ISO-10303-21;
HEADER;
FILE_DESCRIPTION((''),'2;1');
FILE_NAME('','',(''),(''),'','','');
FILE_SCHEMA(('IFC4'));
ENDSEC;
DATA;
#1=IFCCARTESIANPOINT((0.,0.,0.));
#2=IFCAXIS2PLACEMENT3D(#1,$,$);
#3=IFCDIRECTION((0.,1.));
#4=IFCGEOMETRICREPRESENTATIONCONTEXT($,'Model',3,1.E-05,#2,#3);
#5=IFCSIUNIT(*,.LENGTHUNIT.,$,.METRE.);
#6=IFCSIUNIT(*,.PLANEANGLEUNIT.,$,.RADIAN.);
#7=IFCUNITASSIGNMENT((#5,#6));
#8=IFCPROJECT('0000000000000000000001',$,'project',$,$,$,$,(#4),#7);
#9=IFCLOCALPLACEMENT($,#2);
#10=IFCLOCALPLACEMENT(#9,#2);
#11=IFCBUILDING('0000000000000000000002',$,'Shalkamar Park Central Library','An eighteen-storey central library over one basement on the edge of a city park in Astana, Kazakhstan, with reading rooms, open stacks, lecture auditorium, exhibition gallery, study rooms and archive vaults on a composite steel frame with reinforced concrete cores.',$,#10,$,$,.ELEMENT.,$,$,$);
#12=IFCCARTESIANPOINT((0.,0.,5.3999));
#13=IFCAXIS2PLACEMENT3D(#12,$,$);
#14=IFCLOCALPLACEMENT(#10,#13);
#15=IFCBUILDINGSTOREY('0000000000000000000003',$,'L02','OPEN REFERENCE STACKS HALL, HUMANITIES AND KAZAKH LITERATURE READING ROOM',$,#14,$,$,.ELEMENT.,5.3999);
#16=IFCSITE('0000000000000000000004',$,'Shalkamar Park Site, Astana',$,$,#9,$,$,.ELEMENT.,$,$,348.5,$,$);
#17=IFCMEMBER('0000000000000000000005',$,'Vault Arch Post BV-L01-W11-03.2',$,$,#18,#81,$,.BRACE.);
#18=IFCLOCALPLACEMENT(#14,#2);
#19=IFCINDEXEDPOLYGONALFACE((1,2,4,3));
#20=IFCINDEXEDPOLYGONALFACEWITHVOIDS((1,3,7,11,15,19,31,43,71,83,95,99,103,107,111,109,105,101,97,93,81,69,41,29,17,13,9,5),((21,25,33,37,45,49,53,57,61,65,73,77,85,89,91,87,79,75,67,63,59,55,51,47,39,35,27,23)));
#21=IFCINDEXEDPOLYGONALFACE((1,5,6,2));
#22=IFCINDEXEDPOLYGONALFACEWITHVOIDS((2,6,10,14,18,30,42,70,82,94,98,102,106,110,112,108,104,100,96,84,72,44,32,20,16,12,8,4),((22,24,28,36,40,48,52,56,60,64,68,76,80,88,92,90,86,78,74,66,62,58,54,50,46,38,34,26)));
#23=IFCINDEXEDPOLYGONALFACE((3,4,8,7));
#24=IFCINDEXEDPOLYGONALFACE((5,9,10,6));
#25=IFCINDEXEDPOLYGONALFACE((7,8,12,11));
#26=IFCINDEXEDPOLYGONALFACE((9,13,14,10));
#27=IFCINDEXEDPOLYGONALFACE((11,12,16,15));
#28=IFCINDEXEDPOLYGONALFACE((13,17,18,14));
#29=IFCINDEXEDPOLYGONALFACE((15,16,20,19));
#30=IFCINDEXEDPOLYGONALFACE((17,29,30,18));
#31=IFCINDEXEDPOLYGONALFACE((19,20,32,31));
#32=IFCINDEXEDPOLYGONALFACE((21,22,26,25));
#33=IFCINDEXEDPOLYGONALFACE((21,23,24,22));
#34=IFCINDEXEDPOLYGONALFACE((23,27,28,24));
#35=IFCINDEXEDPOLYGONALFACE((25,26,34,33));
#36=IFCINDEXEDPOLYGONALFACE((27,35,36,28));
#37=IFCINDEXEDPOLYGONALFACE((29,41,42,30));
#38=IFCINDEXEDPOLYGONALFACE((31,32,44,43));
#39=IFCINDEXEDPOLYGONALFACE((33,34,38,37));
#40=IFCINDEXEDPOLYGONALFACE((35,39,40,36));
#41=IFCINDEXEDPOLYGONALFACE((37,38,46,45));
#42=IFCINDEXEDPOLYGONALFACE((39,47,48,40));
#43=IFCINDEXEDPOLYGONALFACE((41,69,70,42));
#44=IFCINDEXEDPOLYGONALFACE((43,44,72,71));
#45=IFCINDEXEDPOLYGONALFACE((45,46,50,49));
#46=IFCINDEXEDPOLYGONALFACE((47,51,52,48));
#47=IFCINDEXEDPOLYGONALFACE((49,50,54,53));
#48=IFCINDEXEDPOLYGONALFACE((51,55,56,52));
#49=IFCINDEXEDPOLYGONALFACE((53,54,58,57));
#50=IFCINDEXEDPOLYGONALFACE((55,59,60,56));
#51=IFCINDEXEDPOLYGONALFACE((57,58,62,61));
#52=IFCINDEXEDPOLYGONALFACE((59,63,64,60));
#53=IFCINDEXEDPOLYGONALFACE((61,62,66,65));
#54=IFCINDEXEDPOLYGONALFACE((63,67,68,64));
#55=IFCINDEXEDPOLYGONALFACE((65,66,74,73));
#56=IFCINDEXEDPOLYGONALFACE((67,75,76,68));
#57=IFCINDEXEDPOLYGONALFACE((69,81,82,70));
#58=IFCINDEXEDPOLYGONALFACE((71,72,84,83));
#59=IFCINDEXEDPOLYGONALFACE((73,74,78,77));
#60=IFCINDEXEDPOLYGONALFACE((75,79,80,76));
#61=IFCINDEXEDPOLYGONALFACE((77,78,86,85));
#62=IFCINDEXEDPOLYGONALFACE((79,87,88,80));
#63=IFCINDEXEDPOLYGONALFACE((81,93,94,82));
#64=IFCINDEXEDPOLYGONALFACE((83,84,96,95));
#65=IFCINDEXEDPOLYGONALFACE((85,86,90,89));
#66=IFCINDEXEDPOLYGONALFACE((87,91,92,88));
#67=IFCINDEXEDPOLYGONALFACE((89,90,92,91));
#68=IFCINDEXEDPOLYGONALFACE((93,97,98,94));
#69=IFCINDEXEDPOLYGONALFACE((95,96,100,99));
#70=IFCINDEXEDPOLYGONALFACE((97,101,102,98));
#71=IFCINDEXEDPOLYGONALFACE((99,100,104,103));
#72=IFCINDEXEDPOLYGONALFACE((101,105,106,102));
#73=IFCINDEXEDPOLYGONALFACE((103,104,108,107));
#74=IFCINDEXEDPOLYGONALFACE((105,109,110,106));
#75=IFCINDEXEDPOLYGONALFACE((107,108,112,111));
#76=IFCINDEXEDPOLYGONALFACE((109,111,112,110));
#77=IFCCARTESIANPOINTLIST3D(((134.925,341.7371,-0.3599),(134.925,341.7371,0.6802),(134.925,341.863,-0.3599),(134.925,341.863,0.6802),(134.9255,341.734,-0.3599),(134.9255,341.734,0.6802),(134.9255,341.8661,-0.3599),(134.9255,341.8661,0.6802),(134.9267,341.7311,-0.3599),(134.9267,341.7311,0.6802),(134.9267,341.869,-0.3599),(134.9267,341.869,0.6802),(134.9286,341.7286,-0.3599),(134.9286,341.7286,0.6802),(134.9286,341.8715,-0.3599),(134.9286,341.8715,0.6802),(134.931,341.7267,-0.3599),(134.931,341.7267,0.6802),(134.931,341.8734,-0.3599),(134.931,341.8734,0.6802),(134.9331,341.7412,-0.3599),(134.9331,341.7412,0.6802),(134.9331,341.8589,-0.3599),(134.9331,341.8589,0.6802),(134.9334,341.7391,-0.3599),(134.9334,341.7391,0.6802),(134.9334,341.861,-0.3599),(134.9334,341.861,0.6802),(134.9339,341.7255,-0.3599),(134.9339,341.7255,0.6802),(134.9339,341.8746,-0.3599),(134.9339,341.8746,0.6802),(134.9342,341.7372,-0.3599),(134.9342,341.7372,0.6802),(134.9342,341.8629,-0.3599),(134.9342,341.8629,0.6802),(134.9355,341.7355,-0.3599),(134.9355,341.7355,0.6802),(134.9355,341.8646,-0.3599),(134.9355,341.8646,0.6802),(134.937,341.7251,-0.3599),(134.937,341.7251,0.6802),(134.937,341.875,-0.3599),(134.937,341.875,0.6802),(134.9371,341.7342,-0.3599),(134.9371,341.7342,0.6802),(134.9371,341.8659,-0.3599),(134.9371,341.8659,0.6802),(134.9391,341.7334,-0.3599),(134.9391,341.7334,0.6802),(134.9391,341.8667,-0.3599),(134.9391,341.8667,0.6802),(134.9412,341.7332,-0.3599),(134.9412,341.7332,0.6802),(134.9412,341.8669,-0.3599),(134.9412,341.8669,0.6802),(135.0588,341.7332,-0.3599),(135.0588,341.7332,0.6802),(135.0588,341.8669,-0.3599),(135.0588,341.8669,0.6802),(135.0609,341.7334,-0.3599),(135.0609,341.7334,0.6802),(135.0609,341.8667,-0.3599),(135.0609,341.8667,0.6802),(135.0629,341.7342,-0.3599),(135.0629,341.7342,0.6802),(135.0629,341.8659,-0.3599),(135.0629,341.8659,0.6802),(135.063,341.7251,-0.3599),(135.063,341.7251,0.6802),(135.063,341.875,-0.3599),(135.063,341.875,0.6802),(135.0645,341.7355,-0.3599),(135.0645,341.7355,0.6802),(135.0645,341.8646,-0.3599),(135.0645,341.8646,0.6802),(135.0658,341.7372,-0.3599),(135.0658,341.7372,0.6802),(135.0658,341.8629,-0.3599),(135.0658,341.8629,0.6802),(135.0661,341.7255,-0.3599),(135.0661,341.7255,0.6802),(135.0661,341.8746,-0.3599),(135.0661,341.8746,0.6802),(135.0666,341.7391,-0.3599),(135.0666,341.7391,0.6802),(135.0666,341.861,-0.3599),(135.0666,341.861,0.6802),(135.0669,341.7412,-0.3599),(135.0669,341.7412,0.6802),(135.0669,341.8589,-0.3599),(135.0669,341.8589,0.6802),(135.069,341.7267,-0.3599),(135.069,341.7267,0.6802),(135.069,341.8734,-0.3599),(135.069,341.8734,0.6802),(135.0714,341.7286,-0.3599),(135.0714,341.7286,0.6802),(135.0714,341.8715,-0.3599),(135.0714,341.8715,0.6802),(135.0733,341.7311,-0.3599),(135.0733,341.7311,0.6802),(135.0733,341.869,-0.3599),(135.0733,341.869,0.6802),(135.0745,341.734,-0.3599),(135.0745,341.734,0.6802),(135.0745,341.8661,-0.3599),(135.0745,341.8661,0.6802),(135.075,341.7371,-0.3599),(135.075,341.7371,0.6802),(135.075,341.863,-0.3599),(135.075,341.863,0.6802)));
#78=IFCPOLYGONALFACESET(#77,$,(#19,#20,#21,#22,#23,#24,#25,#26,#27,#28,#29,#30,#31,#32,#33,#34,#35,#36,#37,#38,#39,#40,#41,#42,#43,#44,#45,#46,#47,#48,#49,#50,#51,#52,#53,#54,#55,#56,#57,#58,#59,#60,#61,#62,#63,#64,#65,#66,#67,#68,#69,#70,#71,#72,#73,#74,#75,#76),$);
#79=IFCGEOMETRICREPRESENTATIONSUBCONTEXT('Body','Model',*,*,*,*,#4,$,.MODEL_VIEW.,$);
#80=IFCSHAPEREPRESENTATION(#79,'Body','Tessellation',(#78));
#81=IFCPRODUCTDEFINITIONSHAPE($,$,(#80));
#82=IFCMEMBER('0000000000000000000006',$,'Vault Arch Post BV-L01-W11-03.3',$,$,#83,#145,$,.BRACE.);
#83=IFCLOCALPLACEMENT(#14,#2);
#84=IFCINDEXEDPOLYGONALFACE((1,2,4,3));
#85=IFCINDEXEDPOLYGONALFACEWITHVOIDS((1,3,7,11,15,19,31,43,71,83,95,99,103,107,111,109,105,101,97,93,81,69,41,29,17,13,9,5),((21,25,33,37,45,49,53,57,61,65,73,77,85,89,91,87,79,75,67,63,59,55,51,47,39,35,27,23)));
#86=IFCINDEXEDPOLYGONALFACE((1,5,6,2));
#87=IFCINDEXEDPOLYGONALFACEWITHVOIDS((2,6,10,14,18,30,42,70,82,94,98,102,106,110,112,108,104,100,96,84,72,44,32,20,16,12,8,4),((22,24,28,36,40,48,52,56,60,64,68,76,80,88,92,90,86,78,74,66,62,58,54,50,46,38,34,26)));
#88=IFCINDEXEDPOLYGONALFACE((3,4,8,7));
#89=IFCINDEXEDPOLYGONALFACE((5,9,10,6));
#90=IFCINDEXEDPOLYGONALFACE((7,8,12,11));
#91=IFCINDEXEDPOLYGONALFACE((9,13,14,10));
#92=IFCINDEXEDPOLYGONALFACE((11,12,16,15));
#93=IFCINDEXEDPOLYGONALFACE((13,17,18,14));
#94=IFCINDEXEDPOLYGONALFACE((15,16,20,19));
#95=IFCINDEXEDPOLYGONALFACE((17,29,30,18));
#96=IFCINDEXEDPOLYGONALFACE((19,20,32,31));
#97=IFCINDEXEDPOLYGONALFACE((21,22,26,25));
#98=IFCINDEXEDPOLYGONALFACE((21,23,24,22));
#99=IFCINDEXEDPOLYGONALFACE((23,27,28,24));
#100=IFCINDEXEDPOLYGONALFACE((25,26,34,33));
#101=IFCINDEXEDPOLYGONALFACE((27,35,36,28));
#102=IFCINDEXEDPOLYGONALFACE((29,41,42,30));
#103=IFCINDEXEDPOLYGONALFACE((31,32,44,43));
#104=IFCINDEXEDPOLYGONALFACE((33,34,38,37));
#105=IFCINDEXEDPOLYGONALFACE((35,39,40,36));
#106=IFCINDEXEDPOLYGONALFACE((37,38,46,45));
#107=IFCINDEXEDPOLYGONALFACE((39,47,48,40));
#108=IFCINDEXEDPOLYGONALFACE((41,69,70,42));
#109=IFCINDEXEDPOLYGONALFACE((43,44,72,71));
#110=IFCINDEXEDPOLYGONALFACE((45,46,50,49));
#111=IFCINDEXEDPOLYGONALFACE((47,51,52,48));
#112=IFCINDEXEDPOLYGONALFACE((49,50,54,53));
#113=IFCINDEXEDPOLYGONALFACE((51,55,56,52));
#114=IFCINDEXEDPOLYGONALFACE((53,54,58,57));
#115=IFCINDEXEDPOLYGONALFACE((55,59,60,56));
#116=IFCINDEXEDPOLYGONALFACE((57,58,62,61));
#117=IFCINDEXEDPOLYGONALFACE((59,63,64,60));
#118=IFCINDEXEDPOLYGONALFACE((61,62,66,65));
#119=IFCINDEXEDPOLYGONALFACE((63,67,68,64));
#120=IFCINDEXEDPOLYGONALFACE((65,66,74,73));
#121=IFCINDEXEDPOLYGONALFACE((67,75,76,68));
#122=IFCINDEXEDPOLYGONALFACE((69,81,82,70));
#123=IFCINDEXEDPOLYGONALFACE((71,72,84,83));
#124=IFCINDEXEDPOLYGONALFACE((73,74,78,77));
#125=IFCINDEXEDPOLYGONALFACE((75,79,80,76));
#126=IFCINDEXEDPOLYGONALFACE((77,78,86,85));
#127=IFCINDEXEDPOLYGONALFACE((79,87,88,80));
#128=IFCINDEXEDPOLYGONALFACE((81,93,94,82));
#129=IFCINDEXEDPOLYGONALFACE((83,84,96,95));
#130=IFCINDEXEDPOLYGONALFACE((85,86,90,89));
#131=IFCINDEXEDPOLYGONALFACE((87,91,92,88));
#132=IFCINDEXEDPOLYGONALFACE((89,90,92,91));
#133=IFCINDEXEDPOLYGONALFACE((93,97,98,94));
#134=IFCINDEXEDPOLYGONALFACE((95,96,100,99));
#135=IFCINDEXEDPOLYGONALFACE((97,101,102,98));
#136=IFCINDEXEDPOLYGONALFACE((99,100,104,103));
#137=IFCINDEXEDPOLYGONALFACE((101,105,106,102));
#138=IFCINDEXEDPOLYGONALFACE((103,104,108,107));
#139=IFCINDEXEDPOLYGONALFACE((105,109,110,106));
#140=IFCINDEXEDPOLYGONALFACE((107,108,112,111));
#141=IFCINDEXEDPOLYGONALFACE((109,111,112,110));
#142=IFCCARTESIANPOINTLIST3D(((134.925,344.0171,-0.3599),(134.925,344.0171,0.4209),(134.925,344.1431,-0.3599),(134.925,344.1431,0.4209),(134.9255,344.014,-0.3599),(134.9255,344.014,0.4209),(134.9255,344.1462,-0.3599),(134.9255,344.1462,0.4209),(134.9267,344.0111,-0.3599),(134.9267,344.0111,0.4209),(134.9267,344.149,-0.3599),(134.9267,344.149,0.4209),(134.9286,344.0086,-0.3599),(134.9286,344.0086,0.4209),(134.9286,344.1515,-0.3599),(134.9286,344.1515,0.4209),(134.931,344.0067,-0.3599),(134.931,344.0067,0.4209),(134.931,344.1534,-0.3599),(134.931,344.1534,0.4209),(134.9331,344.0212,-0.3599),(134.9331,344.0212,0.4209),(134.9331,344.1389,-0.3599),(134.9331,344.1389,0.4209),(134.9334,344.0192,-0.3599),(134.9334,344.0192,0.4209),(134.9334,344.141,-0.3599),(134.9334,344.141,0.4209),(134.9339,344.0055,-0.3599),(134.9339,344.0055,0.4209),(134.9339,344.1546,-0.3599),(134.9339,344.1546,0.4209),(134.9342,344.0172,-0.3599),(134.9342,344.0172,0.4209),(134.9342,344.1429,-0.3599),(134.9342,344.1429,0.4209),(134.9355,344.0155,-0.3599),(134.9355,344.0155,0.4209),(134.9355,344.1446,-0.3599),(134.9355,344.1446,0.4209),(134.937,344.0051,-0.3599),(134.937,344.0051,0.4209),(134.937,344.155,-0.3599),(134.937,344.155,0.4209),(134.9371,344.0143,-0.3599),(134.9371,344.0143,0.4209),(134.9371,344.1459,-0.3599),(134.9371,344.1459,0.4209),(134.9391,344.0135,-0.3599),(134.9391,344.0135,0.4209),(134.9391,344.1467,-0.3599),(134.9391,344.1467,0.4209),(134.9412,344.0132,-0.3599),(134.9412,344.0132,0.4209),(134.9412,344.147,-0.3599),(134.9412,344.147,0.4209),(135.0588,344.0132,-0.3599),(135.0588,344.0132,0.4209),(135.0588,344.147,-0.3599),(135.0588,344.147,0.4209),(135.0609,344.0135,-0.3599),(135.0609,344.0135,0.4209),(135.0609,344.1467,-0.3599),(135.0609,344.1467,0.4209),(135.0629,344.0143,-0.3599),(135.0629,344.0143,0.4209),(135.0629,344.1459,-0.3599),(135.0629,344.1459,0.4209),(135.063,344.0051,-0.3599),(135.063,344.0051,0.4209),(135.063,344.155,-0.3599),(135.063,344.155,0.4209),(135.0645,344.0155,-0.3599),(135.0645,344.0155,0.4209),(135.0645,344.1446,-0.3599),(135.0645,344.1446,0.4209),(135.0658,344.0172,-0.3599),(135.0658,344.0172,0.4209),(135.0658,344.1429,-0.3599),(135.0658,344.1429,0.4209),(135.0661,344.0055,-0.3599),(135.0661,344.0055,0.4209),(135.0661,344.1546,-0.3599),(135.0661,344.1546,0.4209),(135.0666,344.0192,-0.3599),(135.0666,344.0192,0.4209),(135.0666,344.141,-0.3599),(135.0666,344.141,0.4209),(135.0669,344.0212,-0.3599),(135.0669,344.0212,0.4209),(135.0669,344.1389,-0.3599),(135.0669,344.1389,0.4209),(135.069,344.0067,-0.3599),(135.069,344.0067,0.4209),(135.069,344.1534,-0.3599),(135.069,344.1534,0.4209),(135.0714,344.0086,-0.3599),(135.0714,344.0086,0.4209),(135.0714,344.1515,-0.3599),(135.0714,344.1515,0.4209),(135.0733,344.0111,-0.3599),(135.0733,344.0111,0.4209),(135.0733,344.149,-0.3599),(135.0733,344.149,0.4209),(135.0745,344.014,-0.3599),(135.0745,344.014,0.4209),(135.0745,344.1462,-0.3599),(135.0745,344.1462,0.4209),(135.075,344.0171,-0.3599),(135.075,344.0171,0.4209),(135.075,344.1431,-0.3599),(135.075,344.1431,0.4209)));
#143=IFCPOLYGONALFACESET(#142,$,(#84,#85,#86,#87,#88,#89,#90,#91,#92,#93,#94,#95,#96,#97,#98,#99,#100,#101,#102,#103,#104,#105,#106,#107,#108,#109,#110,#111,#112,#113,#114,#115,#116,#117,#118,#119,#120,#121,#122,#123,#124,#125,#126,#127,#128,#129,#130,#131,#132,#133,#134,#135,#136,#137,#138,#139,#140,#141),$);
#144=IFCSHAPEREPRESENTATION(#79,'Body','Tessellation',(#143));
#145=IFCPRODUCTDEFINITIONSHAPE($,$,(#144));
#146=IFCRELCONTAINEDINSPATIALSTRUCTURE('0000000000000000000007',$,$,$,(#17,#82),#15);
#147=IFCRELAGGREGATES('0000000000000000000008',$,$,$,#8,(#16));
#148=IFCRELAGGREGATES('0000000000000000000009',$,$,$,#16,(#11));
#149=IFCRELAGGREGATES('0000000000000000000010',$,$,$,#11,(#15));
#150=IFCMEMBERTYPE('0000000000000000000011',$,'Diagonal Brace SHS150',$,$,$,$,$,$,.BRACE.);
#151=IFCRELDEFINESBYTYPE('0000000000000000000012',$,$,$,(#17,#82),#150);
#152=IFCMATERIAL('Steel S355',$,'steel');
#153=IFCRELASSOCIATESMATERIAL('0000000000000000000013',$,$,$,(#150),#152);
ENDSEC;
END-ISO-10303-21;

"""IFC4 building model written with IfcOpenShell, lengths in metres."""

from ifc_helpers import new_model, si_unit, direction, frame, origin, origin_2d, place, context, subcontext, project, spatial, hollow_rectangle, extrude, material, material_profile, profile_set, type_object, element, save


model = new_model("IFC4")

# Units and contexts
model_context = context("Model", 3, precision=1e-05, world=origin(), true_north=direction((0.0, 1.0)))
body_context = subcontext(model_context, "Body", "Model", "MODEL_VIEW")
ifc_project = project(units=[si_unit("LENGTHUNIT", "METRE"), si_unit("PLANEANGLEUNIT", "RADIAN")], contexts=[model_context])

# Site, building, storey
site_placement = place(None, origin())
site = spatial("IfcSite", under=ifc_project, at=site_placement, Name="Shalkamar Park Site, Astana", CompositionType="ELEMENT", RefElevation=348.5)
building_placement = place(site_placement, origin())
building = spatial("IfcBuilding", under=site, at=building_placement, Name="Shalkamar Park Central Library", Description="An eighteen-storey central library over one basement on the edge of a city park in Astana, Kazakhstan, with reading rooms, open stacks, lecture auditorium, exhibition gallery, study rooms and archive vaults on a composite steel frame with reinforced concrete cores.", CompositionType="ELEMENT")
storey_placement = place(building_placement, frame((0.0, 0.0, 5.3999)))
storey = spatial("IfcBuildingStorey", under=building, at=storey_placement, Name="L02", Description="OPEN REFERENCE STACKS HALL, HUMANITIES AND KAZAKH LITERATURE READING ROOM", CompositionType="ELEMENT", Elevation=5.3999)

# Members
ifc_material_1 = material(Name="Steel S355", Category="steel")
ifc_material_profile_1 = material_profile(ifc_material_1, hollow_rectangle(XDim=0.1499, YDim=0.1499, WallThickness=0.0081, InnerFilletRadius=0.0081, OuterFilletRadius=0.012, at=origin_2d()), Name="SHS 150x150x8")
ifc_profile_set_1 = profile_set([ifc_material_profile_1], Name="Steel S355")
member_type_1 = type_object("IfcMemberType", Name="Diagonal Brace SHS150", PredefinedType="BRACE", material=ifc_profile_set_1)
member_1_placement = place(storey_placement, frame((135.0, 341.8, -0.3599), z_axis=(0.0, 0.0, 1.0), x_axis=(1.0, 0.0, 0.0)))
element("IfcMember", 1, at=member_1_placement, inside=storey, type_object=member_type_1, Name="Vault Arch Post BV-L01-W11-03.2", PredefinedType="BRACE", context=body_context, shape_type="SweptSolid", body=[
    extrude(hollow_rectangle(XDim=0.1499, YDim=0.1499, WallThickness=0.0081, InnerFilletRadius=0.0081, OuterFilletRadius=0.012, at=origin_2d()), origin(), (0.0, 0.0, 1.0), 1.04),
])
for number, where, z_axis, x_axis, name in (
    (2, (135.0, 344.0801, -0.3599), (0.0, 0.0, 1.0), (1.0, 0.0, 0.0), "Vault Arch Post BV-L01-W11-03.3"),
):
    element("IfcMember", number, at=place(storey_placement, frame(where, z_axis=z_axis, x_axis=x_axis)), inside=storey, type_object=member_type_1, Name=name, PredefinedType="BRACE", context=body_context, shape_type="SweptSolid", body=[
        extrude(hollow_rectangle(XDim=0.1499, YDim=0.1499, WallThickness=0.0081, InnerFilletRadius=0.0081, OuterFilletRadius=0.012, at=origin_2d()), origin(), (0.0, 0.0, 1.0), 0.7808),
    ])

save(model, "model.ifc")
